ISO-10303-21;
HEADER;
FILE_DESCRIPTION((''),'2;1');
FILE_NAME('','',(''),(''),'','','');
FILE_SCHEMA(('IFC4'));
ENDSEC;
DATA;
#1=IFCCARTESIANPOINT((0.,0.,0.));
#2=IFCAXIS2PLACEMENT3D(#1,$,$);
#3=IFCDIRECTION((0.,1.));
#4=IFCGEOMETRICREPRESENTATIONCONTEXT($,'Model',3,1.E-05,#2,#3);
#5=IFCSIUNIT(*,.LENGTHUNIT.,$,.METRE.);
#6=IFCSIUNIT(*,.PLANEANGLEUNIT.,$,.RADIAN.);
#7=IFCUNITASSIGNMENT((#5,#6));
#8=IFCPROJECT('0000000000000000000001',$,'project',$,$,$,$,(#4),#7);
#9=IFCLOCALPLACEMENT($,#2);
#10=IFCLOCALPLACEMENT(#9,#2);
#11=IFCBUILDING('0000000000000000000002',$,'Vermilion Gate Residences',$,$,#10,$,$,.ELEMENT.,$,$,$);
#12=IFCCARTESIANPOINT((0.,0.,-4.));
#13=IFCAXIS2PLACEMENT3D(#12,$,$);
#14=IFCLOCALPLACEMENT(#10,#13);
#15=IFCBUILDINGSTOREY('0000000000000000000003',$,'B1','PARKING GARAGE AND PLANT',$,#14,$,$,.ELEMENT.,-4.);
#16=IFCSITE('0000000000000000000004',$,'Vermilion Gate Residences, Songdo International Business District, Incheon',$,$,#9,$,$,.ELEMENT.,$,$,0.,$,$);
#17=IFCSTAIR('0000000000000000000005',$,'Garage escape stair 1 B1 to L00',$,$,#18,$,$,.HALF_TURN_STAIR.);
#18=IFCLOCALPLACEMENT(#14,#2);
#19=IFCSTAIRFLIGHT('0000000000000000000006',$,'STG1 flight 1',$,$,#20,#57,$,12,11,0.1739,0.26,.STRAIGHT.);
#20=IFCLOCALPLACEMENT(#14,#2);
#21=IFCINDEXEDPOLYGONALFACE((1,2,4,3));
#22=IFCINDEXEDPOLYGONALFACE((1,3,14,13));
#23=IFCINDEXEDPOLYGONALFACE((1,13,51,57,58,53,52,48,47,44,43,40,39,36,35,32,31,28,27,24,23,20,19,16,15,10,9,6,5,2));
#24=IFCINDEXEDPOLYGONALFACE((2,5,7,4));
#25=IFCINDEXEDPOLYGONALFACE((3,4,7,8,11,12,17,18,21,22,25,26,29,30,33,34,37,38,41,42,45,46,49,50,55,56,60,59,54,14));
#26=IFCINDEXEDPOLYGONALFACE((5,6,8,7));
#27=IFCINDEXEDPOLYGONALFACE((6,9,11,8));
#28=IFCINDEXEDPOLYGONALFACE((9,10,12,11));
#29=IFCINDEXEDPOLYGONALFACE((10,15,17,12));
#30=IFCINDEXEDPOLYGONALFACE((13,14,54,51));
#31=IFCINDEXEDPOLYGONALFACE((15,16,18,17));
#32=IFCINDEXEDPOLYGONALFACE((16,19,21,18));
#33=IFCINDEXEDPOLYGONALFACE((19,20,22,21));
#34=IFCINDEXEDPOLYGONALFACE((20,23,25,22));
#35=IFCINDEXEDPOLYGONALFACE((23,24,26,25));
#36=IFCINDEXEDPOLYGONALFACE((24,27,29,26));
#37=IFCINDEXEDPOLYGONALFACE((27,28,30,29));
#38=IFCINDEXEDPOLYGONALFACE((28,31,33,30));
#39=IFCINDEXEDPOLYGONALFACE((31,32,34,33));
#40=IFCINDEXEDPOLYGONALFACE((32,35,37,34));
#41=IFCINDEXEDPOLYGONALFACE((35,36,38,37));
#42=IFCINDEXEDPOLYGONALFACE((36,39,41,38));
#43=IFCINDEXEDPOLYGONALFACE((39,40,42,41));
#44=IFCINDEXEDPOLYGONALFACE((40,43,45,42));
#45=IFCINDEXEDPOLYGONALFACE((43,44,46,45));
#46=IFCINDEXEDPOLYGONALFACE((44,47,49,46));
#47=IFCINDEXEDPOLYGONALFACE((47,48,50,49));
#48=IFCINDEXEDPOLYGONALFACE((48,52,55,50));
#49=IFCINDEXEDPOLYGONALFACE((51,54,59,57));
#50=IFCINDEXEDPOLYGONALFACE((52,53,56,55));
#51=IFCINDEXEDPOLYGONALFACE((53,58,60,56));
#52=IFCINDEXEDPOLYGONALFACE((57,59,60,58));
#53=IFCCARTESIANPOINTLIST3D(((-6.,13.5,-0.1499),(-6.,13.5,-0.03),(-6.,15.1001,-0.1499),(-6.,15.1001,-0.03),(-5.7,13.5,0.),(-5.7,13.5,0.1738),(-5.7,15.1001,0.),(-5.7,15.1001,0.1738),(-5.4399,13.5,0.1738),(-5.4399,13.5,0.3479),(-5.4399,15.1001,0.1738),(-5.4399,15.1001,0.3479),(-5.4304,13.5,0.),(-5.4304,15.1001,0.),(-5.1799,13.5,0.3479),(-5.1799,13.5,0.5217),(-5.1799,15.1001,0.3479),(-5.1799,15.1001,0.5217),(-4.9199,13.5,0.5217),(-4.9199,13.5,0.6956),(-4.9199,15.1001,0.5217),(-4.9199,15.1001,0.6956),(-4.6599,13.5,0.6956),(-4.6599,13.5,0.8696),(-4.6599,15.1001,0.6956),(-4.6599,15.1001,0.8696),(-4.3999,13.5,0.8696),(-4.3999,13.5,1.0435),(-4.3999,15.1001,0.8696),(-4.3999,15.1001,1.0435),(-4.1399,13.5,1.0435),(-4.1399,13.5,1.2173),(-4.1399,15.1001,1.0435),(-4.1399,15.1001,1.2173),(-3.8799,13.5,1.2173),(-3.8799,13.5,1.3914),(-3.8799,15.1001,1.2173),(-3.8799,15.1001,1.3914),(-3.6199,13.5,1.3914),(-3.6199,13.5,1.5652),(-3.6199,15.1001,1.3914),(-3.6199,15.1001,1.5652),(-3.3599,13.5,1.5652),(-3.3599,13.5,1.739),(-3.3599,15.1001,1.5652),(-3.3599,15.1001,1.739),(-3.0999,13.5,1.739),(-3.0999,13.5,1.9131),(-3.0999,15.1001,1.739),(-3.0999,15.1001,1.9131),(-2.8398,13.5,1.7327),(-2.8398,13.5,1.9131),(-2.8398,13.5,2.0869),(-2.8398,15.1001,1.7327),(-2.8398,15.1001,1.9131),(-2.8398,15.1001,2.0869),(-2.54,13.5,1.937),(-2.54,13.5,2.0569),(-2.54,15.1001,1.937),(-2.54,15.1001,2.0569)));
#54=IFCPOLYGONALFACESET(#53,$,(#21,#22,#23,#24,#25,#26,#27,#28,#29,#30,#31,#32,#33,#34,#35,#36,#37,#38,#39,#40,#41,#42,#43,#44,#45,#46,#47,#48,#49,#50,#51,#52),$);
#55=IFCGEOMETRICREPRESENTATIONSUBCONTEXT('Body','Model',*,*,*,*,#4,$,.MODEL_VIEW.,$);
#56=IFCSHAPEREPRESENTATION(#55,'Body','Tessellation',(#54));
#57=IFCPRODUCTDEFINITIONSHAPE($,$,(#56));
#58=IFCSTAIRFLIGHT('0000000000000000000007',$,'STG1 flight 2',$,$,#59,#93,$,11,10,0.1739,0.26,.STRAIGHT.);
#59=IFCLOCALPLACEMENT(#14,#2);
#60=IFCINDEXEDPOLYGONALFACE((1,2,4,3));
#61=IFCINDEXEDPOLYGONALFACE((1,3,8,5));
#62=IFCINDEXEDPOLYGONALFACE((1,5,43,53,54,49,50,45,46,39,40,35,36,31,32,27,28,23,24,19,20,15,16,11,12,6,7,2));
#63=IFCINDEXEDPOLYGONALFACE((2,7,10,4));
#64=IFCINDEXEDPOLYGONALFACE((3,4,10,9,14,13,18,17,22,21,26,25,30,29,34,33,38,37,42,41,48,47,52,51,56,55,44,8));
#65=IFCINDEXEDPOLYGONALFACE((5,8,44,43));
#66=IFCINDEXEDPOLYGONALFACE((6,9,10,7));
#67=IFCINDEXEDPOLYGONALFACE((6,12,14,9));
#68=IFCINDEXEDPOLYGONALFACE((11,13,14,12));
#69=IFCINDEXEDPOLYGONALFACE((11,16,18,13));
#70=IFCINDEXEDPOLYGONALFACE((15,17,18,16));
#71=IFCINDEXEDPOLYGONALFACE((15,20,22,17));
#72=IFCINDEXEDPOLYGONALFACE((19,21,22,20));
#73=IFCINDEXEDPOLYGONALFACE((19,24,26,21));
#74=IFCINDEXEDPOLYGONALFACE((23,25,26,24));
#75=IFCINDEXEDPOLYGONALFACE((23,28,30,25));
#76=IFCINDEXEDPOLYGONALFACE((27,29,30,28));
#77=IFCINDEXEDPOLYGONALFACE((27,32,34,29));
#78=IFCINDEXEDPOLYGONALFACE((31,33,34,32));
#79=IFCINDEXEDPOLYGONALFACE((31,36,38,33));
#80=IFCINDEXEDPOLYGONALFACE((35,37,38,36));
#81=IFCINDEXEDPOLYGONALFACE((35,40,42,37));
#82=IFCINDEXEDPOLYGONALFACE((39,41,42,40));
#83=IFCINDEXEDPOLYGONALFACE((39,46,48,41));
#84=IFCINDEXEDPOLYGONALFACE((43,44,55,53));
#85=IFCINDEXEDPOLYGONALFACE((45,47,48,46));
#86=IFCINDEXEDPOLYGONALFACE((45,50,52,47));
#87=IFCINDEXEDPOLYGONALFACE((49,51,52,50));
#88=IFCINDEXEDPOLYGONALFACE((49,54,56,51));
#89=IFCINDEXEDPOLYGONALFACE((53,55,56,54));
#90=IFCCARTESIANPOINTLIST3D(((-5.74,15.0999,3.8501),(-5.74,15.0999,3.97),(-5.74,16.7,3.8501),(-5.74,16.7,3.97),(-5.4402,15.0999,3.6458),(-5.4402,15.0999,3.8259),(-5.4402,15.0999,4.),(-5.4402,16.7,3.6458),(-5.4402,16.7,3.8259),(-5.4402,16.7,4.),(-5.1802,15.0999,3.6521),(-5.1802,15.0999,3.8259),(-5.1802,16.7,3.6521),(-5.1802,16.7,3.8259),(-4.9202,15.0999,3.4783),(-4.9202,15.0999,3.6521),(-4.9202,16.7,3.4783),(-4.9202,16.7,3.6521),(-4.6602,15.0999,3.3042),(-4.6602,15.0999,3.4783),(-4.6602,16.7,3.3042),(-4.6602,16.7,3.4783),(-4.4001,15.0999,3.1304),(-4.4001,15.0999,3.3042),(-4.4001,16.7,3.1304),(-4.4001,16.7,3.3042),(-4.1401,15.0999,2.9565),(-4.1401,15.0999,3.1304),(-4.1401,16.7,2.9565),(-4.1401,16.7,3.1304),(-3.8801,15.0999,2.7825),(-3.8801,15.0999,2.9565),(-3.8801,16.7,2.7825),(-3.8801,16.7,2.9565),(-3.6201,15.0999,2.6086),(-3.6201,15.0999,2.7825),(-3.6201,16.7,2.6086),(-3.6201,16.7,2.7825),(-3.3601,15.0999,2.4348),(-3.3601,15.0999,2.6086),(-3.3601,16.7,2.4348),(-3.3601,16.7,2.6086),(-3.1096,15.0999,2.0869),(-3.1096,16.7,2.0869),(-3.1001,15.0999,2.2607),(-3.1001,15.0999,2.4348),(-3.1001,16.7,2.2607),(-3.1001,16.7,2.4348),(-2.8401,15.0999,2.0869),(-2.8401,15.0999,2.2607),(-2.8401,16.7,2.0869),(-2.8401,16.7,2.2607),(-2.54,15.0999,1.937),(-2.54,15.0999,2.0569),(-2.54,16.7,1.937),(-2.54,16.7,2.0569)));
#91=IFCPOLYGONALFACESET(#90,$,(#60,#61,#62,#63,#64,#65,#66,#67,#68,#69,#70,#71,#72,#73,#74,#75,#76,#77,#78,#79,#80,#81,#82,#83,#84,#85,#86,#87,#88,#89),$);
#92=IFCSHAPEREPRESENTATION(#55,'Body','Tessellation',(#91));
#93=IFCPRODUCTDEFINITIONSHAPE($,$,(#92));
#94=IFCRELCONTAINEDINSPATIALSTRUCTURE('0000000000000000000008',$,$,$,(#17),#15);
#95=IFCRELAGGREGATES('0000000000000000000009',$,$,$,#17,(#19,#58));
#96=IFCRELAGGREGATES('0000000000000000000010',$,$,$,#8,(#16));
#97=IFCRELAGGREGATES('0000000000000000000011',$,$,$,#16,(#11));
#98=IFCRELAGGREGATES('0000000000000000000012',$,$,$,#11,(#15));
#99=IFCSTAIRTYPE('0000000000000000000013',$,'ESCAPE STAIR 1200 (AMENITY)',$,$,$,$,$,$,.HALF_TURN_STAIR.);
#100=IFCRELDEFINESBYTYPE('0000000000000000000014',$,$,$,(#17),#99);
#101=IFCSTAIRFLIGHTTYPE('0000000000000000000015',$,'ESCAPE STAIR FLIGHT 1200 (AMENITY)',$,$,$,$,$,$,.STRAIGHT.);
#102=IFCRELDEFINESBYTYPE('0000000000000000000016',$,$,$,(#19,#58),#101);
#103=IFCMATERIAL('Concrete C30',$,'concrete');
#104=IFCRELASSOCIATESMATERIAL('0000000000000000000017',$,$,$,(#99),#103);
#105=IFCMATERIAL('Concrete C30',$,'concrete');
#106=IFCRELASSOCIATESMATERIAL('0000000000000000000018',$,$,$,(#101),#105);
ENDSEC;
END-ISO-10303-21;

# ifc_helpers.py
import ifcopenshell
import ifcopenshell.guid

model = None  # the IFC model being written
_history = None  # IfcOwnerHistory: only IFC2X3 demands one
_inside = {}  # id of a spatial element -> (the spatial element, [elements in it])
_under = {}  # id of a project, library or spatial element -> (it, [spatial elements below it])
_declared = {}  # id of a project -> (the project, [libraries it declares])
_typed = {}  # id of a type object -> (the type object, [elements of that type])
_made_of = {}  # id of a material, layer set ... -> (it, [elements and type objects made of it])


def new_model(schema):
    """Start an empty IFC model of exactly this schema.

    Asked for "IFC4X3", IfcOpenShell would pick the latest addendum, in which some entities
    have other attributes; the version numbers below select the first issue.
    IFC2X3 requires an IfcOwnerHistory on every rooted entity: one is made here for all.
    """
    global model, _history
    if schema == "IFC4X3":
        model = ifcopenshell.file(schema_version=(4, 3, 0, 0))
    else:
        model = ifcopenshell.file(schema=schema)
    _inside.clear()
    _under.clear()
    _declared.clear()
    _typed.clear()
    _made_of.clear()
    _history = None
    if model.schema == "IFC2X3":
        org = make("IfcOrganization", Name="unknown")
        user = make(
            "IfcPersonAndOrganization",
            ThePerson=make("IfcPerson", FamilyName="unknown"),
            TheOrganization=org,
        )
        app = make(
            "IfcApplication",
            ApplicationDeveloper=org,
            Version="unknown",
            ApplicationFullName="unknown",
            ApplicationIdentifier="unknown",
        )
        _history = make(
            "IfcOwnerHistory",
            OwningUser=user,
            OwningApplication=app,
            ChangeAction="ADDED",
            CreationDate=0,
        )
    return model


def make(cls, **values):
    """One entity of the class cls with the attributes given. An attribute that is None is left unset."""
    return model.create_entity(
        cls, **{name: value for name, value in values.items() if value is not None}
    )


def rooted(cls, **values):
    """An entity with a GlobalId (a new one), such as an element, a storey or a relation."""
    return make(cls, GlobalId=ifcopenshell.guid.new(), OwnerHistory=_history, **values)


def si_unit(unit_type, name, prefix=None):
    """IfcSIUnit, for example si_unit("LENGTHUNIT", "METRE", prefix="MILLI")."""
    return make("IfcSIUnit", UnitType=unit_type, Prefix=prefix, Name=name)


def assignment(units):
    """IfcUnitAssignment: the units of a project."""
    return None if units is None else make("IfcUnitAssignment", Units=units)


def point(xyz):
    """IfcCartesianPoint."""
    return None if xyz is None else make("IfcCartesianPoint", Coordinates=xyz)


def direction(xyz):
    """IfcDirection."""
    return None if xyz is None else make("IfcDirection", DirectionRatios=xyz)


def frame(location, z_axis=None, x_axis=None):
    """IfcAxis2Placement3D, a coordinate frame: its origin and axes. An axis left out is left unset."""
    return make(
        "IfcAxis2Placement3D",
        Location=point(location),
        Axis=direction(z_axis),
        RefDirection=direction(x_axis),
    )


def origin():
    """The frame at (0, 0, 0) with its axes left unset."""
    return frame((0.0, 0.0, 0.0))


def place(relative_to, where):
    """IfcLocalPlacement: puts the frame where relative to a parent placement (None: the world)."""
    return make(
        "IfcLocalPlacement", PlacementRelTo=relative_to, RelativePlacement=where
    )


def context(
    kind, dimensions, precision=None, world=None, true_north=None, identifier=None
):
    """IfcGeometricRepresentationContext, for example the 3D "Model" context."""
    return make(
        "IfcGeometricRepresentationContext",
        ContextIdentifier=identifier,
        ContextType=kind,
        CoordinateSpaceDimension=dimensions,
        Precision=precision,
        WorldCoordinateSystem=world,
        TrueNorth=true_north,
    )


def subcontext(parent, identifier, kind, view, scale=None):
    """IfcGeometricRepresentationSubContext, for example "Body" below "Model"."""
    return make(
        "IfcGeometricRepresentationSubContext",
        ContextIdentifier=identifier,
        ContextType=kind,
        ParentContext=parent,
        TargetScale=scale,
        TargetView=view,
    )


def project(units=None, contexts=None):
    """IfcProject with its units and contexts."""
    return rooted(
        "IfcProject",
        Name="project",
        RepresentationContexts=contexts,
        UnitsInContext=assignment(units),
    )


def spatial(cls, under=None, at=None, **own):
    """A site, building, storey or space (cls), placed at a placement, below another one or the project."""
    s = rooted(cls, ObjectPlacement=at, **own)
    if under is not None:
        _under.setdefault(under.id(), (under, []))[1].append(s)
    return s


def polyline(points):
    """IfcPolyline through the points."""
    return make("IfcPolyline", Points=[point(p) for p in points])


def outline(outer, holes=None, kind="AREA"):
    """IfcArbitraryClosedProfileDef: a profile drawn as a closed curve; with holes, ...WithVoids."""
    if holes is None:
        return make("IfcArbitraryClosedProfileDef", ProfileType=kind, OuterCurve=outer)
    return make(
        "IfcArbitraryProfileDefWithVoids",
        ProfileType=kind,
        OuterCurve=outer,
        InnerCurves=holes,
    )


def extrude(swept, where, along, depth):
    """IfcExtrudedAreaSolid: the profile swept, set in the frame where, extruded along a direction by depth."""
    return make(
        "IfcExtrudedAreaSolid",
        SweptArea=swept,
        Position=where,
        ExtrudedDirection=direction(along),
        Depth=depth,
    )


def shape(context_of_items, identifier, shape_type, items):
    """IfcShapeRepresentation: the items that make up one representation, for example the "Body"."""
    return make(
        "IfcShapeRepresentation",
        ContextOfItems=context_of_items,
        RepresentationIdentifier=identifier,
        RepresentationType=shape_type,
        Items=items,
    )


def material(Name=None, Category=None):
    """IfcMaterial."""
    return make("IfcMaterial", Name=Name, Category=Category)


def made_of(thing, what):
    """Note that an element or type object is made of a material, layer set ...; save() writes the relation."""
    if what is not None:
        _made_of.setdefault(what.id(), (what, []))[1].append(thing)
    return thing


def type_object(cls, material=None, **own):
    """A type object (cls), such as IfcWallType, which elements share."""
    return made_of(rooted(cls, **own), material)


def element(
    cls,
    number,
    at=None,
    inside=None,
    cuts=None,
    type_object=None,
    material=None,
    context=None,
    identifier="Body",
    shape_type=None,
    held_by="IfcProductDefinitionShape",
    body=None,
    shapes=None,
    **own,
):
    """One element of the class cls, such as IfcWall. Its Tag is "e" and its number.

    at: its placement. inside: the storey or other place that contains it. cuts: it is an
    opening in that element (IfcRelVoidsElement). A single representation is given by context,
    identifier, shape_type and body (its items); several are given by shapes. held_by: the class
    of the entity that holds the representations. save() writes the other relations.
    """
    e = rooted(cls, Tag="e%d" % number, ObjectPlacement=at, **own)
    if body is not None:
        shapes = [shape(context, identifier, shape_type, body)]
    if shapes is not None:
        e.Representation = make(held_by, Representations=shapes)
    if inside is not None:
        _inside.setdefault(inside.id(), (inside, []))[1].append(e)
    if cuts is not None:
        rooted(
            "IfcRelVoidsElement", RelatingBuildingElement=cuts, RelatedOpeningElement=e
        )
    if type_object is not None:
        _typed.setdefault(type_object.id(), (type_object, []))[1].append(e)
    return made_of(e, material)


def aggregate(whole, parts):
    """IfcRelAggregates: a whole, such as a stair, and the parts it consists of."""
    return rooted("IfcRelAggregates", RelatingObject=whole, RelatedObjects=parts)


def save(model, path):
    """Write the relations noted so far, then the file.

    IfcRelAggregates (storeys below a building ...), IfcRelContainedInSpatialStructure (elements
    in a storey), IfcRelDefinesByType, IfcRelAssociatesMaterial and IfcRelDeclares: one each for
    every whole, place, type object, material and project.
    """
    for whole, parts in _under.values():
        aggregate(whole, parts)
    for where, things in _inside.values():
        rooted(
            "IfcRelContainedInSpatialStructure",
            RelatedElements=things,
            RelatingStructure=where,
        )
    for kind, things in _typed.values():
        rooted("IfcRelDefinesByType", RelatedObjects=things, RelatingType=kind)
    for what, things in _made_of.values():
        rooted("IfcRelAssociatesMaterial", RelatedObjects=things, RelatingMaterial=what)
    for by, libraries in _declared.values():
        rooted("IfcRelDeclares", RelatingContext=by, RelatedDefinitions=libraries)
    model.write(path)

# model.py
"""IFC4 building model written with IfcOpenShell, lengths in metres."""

from ifc_helpers import new_model, si_unit, direction, frame, origin, place, context, subcontext, project, spatial, polyline, outline, extrude, material, type_object, element, aggregate, save


model = new_model("IFC4")

# Units and contexts
model_context = context("Model", 3, precision=1e-05, world=origin(), true_north=direction((0.0, 1.0)))
body_context = subcontext(model_context, "Body", "Model", "MODEL_VIEW")
ifc_project = project(units=[si_unit("LENGTHUNIT", "METRE"), si_unit("PLANEANGLEUNIT", "RADIAN")], contexts=[model_context])

# Site, building, storey
site_placement = place(None, origin())
site = spatial("IfcSite", under=ifc_project, at=site_placement, Name="Vermilion Gate Residences, Songdo International Business District, Incheon", CompositionType="ELEMENT", RefElevation=0.0)
building_placement = place(site_placement, origin())
building = spatial("IfcBuilding", under=site, at=building_placement, Name="Vermilion Gate Residences", CompositionType="ELEMENT")
storey_placement = place(building_placement, frame((0.0, 0.0, -4.0)))
storey = spatial("IfcBuildingStorey", under=building, at=storey_placement, Name="B1", Description="PARKING GARAGE AND PLANT", CompositionType="ELEMENT", Elevation=-4.0)

# Stair, stair flights
ifc_material_1 = material(Name="Concrete C30", Category="concrete")
stair_type = type_object("IfcStairType", Name="ESCAPE STAIR 1200 (AMENITY)", PredefinedType="HALF_TURN_STAIR", material=ifc_material_1)
stair_placement = place(storey_placement, origin())
stair = element("IfcStair", 1, at=stair_placement, inside=storey, type_object=stair_type, Name="Garage escape stair 1 B1 to L00", PredefinedType="HALF_TURN_STAIR")
ifc_material_2 = material(Name="Concrete C30", Category="concrete")
stair_flight_type = type_object("IfcStairFlightType", Name="ESCAPE STAIR FLIGHT 1200 (AMENITY)", PredefinedType="STRAIGHT", material=ifc_material_2)
stair_flight_1_placement = place(storey_placement, frame((-5.7, 14.3, 0.0), z_axis=(0.0, 0.0, 1.0), x_axis=(1.0, 0.0, 0.0)))
stair_flight_1 = element("IfcStairFlight", 2, at=stair_flight_1_placement, type_object=stair_flight_type, Name="STG1 flight 1", NumberOfRisers=12, NumberOfTreads=11, PredefinedType="STRAIGHT", RiserHeight=0.1739, TreadLength=0.26, context=body_context, shape_type="SweptSolid", body=[
    extrude(outline(polyline([(-0.3, -0.1499), (-0.3, -0.03), (0.0, 0.0), (0.0, 0.1738), (0.26, 0.1738), (0.26, 0.3479), (0.52, 0.3479), (0.52, 0.5217), (0.78, 0.5217), (0.78, 0.6956), (1.04, 0.6956), (1.04, 0.8696), (1.3, 0.8696), (1.3, 1.0435), (1.5601, 1.0435), (1.5601, 1.2173), (1.8201, 1.2173), (1.8201, 1.3914), (2.0801, 1.3914), (2.0801, 1.5652), (2.3401, 1.5652), (2.3401, 1.739), (2.6001, 1.739), (2.6001, 1.9131), (2.8601, 1.9131), (2.8601, 2.0869), (3.1599, 2.0569), (3.1599, 1.937), (2.8601, 1.7327), (0.2695, 0.0), (-0.3, -0.1499)])), frame((0.0, 0.8, 0.0), z_axis=(0.0, -1.0, 0.0), x_axis=(1.0, 0.0, 0.0)), (0.0, 0.0, 1.0), 1.6001),
])
stair_flight_2_placement = place(storey_placement, frame((-2.8401, 15.8999, 2.0869), z_axis=(0.0, 0.0, 1.0), x_axis=(-1.0, 0.0, 0.0)))
stair_flight_2 = element("IfcStairFlight", 3, at=stair_flight_2_placement, type_object=stair_flight_type, Name="STG1 flight 2", NumberOfRisers=11, NumberOfTreads=10, PredefinedType="STRAIGHT", RiserHeight=0.1739, TreadLength=0.26, context=body_context, shape_type="SweptSolid", body=[
    extrude(outline(polyline([(-0.3, -0.1499), (-0.3, -0.03), (0.0, 0.0), (0.0, 0.1738), (0.26, 0.1738), (0.26, 0.3479), (0.52, 0.3479), (0.52, 0.5217), (0.78, 0.5217), (0.78, 0.6956), (1.04, 0.6956), (1.04, 0.8696), (1.3, 0.8696), (1.3, 1.0435), (1.5601, 1.0435), (1.5601, 1.2173), (1.8201, 1.2173), (1.8201, 1.3914), (2.0801, 1.3914), (2.0801, 1.5652), (2.3401, 1.5652), (2.3401, 1.739), (2.6001, 1.739), (2.6001, 1.9131), (2.8999, 1.8831), (2.8999, 1.7632), (2.6001, 1.5588), (0.2695, 0.0), (-0.3, -0.1499)])), frame((0.0, 0.8, 0.0), z_axis=(0.0, -1.0, 0.0), x_axis=(1.0, 0.0, 0.0)), (0.0, 0.0, 1.0), 1.6001),
])
aggregate(stair, [stair_flight_1, stair_flight_2])

save(model, "model.ifc")
